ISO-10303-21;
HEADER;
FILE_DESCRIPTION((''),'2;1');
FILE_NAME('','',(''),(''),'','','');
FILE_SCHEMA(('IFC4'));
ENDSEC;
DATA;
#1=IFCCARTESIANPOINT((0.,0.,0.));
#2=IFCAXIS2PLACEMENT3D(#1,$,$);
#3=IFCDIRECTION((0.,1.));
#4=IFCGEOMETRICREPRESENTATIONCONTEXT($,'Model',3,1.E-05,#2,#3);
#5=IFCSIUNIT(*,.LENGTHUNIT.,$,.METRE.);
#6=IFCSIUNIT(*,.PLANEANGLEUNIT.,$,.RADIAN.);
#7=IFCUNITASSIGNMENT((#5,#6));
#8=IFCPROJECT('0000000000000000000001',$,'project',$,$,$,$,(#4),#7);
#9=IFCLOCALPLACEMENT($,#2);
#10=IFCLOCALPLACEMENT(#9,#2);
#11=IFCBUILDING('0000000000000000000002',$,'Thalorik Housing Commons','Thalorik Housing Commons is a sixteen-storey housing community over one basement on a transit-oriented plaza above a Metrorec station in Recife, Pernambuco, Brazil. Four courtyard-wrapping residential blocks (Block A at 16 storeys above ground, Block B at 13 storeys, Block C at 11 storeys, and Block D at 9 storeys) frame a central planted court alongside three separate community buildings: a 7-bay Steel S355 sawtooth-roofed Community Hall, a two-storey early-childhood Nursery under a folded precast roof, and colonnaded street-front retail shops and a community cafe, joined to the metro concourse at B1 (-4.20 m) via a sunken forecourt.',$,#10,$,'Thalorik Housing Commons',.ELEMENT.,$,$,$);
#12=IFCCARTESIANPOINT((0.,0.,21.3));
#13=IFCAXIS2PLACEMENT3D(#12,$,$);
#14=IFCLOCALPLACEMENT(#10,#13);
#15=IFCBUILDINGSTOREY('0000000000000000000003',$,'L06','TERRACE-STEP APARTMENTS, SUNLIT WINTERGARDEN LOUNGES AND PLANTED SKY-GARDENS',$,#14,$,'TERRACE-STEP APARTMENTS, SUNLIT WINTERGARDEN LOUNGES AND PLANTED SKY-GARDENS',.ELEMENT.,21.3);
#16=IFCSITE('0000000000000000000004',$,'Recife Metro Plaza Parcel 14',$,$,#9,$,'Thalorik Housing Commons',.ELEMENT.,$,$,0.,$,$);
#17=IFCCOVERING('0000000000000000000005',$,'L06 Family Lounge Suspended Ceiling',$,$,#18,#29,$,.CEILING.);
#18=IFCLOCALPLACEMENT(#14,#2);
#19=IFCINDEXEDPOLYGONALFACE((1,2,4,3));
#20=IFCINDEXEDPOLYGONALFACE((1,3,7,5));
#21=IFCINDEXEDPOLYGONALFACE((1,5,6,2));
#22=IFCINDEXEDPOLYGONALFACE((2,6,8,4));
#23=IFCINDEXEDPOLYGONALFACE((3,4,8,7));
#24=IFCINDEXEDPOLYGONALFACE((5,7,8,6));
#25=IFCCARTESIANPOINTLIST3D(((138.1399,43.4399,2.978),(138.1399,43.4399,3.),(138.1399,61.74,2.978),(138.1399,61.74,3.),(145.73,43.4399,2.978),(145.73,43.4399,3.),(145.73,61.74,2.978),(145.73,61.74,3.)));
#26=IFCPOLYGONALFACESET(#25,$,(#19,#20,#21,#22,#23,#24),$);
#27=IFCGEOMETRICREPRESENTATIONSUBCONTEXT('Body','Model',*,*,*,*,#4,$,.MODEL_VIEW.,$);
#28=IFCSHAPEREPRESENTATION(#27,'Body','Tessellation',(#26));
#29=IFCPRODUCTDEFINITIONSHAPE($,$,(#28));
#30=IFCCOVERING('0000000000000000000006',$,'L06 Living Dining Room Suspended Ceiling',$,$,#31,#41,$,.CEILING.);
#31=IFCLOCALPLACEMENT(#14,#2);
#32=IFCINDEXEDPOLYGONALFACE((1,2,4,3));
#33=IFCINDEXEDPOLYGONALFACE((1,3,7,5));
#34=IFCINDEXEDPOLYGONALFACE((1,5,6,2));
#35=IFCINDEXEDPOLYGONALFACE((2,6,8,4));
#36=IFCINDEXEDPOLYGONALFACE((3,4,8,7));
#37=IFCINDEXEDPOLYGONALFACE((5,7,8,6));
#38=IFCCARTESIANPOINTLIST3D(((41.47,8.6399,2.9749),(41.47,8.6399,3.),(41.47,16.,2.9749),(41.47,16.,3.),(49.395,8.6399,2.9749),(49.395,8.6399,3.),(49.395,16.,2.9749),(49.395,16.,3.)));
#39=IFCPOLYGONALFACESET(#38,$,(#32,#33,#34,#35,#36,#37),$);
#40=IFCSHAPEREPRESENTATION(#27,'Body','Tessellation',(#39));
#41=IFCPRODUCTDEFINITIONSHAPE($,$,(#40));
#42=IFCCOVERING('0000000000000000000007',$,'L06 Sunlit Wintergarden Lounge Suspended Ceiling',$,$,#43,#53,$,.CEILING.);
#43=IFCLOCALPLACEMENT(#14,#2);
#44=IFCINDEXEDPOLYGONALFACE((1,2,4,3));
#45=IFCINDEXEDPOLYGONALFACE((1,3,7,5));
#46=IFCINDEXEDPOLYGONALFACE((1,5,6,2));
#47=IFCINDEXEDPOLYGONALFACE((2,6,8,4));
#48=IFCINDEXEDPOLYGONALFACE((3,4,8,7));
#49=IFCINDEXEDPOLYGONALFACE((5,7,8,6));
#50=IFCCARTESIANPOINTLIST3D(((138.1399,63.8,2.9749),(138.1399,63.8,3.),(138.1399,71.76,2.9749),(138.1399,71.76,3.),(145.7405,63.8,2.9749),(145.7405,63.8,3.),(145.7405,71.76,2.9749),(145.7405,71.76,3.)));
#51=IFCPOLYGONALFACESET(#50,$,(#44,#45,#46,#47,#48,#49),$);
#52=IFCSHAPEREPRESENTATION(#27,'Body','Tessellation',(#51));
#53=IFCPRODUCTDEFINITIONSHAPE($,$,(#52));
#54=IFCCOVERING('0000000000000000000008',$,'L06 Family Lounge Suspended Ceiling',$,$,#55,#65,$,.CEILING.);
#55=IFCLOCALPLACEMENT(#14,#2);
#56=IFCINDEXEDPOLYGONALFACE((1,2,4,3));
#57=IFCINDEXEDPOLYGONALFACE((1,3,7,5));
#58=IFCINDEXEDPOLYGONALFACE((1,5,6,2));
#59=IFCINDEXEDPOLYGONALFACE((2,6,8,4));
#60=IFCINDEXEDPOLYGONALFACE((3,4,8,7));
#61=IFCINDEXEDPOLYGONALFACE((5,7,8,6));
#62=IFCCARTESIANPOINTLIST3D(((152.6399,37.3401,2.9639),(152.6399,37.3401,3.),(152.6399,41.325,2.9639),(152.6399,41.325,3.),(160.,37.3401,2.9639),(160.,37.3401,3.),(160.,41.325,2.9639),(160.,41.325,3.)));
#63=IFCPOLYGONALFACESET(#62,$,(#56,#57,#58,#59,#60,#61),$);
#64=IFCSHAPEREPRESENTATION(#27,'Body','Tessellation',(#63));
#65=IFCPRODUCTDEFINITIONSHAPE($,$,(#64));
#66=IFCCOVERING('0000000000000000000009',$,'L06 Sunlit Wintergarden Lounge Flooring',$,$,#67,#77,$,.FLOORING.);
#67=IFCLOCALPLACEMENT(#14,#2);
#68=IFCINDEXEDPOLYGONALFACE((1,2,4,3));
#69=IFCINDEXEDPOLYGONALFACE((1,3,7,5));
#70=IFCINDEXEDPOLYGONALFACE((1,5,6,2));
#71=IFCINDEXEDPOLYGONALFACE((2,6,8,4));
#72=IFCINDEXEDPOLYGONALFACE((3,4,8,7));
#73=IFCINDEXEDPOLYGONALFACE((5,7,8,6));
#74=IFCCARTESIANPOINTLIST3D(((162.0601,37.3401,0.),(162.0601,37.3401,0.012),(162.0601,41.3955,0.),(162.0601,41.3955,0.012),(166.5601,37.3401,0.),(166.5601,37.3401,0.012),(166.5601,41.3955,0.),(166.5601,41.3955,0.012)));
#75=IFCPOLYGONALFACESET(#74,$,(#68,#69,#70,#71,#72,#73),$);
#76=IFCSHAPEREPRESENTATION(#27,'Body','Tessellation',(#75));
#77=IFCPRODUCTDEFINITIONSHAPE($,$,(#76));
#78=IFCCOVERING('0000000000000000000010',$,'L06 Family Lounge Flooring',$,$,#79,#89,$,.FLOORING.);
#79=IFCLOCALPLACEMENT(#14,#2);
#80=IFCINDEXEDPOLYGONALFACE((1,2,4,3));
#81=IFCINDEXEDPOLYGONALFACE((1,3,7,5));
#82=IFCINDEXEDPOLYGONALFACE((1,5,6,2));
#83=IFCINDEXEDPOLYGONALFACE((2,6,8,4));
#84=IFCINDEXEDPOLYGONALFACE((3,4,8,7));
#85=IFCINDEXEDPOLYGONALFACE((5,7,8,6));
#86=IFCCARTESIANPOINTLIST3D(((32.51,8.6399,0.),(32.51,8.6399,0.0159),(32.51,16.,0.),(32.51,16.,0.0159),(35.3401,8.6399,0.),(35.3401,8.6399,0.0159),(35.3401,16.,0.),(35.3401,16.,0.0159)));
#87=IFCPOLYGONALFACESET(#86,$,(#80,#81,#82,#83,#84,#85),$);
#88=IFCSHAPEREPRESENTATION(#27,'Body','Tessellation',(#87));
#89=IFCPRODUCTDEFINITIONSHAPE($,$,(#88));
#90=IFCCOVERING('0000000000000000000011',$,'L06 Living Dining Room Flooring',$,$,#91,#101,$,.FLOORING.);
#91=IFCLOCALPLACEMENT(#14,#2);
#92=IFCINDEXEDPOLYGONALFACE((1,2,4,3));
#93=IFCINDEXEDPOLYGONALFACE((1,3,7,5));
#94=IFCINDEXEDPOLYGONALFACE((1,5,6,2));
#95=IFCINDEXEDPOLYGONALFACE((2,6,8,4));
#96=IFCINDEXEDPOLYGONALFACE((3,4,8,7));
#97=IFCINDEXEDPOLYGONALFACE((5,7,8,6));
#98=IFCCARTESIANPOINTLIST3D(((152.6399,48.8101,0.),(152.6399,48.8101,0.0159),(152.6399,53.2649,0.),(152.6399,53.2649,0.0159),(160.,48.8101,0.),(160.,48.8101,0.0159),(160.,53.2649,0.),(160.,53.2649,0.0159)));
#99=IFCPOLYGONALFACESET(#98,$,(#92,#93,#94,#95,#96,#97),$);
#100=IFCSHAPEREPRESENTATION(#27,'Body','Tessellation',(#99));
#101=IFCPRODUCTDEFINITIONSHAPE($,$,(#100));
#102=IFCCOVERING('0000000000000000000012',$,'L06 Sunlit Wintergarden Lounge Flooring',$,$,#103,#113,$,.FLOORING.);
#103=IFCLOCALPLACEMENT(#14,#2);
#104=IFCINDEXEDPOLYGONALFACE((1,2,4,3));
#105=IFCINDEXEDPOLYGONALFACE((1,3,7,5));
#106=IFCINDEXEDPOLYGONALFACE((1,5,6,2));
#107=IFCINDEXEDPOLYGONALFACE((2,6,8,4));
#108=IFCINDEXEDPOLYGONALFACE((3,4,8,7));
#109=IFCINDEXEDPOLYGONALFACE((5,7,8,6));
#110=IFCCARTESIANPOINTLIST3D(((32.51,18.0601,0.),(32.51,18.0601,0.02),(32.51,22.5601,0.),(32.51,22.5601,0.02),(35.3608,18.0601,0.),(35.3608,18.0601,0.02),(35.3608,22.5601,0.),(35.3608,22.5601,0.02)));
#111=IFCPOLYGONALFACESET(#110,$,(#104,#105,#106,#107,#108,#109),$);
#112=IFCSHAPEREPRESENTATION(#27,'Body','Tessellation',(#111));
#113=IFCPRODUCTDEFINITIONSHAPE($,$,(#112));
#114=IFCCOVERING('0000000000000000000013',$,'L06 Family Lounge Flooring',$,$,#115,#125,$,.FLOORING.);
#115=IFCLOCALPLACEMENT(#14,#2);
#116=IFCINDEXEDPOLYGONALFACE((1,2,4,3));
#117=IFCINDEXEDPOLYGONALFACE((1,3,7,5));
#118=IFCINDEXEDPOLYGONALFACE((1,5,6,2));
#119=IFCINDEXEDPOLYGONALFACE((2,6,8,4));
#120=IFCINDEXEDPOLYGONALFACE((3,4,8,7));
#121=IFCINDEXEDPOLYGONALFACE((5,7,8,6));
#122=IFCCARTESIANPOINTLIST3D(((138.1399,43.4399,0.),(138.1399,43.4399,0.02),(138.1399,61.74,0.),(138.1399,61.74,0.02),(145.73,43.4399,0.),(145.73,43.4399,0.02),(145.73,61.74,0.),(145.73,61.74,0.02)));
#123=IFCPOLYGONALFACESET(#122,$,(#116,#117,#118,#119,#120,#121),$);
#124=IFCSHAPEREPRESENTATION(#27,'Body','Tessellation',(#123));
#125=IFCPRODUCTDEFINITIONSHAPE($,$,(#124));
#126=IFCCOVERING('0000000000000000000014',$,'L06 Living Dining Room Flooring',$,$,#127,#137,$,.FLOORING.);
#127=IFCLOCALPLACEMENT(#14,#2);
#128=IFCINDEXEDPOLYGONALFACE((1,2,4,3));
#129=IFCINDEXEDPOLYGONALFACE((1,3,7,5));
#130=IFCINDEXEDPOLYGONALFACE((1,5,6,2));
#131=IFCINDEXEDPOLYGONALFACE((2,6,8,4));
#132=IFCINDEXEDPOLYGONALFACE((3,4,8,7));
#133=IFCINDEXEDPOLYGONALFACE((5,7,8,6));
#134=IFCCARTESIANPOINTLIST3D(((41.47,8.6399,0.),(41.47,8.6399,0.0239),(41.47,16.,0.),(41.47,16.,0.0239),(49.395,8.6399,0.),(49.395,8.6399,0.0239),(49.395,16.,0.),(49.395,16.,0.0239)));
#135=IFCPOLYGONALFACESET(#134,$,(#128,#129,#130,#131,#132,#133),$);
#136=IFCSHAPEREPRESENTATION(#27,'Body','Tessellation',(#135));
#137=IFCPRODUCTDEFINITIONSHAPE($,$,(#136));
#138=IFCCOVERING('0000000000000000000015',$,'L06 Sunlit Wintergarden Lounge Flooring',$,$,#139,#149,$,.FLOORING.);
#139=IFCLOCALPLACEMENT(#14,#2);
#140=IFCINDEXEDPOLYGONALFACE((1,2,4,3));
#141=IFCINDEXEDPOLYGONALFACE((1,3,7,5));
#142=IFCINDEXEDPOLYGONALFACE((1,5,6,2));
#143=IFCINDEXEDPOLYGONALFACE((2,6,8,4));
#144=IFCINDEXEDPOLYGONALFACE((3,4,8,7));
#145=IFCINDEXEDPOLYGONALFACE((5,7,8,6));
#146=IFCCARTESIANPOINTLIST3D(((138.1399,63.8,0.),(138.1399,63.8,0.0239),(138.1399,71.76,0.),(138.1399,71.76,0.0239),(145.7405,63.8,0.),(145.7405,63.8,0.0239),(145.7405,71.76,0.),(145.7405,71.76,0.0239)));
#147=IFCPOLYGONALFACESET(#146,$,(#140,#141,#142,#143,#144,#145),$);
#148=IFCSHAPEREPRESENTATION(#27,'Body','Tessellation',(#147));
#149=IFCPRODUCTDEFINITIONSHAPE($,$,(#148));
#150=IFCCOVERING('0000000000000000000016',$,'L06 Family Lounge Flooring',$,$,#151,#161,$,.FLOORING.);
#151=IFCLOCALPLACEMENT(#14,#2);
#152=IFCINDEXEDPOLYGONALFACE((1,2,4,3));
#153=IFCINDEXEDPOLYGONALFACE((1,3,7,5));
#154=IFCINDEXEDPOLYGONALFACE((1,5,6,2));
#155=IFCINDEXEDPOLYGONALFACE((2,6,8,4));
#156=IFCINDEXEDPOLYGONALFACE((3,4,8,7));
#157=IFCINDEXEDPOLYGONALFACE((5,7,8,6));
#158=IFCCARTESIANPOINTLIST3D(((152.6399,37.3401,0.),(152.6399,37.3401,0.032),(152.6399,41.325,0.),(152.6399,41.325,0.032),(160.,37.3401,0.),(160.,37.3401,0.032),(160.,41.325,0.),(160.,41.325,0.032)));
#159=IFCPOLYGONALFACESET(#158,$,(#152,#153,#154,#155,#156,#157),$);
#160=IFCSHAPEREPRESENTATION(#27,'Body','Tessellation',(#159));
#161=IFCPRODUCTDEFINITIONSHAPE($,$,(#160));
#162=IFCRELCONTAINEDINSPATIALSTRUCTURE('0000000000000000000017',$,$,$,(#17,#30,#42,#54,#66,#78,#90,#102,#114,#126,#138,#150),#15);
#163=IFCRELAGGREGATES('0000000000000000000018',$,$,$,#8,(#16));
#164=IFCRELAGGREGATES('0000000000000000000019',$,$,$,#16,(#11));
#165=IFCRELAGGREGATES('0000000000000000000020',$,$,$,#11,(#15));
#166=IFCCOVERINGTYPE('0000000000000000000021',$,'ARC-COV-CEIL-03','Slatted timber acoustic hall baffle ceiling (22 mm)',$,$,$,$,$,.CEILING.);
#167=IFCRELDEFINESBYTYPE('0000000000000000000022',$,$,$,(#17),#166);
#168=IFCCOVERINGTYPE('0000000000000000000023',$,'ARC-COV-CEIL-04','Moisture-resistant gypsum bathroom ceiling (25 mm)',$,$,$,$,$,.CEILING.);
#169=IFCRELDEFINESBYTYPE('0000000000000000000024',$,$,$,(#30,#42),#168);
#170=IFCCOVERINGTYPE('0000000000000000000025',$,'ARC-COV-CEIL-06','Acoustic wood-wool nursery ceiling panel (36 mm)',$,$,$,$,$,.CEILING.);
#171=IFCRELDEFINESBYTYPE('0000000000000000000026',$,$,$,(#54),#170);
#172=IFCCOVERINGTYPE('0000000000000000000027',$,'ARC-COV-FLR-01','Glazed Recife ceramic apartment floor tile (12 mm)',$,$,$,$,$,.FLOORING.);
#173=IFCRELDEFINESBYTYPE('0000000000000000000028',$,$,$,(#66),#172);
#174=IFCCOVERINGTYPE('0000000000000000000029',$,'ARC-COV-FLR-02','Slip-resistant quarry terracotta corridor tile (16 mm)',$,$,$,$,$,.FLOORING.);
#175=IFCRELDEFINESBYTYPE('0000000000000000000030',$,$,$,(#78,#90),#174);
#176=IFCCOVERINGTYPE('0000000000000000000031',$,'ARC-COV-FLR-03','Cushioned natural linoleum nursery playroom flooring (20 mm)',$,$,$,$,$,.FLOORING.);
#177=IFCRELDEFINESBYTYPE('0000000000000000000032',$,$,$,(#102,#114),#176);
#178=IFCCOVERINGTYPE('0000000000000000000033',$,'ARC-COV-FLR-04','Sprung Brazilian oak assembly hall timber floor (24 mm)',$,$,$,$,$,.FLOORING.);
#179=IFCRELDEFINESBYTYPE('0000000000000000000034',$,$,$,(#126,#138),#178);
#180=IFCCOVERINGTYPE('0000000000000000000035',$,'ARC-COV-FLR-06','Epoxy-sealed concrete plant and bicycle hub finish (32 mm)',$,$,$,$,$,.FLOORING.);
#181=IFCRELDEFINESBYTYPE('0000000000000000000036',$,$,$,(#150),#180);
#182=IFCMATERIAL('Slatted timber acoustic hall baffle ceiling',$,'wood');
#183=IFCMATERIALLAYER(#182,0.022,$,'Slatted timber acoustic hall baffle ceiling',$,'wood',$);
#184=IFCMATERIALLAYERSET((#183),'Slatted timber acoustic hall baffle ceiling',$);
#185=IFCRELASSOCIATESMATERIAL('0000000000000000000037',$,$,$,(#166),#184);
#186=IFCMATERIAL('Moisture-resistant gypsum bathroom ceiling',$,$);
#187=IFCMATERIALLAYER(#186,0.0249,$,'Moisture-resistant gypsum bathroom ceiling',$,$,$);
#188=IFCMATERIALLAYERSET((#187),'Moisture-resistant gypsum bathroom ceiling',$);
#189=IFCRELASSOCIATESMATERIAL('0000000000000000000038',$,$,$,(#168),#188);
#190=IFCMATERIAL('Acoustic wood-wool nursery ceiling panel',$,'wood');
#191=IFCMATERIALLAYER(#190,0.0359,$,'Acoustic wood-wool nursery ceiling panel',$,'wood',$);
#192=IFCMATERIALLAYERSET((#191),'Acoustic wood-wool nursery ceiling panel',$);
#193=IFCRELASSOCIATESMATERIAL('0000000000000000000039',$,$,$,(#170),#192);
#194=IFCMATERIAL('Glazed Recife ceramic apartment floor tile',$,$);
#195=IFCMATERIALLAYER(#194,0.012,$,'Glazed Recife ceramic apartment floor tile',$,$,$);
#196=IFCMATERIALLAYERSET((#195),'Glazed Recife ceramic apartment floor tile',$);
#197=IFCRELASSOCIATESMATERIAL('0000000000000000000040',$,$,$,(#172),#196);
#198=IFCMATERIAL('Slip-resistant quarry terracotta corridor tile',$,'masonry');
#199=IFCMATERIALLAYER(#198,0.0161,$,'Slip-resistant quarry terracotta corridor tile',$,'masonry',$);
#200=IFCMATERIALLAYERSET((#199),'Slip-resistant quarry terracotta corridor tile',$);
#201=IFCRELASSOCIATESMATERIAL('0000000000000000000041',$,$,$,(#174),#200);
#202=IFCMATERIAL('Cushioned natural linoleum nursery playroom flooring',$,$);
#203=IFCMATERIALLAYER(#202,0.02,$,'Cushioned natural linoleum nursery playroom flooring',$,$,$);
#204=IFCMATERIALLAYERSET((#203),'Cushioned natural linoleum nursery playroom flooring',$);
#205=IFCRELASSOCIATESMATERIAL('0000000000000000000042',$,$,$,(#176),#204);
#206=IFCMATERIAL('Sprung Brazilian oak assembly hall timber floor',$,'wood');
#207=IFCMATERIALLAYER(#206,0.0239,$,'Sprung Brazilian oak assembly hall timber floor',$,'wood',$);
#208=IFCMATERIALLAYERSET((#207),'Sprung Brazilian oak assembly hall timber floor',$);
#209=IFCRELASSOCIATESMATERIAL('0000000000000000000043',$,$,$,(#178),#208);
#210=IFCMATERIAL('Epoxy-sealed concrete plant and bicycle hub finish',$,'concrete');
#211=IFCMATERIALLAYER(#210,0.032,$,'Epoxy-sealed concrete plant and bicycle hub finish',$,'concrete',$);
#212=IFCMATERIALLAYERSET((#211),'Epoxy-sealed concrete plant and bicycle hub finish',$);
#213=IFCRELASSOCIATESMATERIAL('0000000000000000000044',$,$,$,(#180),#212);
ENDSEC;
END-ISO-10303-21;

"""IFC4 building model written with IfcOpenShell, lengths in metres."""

from ifc_helpers import new_model, si_unit, direction, frame, origin, place, context, subcontext, project, spatial, polyline, outline, extrude, material, layer, layer_set, type_object, element, save


model = new_model("IFC4")

# Units and contexts
model_context = context("Model", 3, precision=1e-05, world=origin(), true_north=direction((0.0, 1.0)))
body_context = subcontext(model_context, "Body", "Model", "MODEL_VIEW")
ifc_project = project(units=[si_unit("LENGTHUNIT", "METRE"), si_unit("PLANEANGLEUNIT", "RADIAN")], contexts=[model_context])

# Site, building, storey
site_placement = place(None, origin())
site = spatial("IfcSite", under=ifc_project, at=site_placement, Name="Recife Metro Plaza Parcel 14", LongName="Thalorik Housing Commons", CompositionType="ELEMENT", RefElevation=0.0)
building_placement = place(site_placement, origin())
building = spatial("IfcBuilding", under=site, at=building_placement, Name="Thalorik Housing Commons", Description="Thalorik Housing Commons is a sixteen-storey housing community over one basement on a transit-oriented plaza above a Metrorec station in Recife, Pernambuco, Brazil. Four courtyard-wrapping residential blocks (Block A at 16 storeys above ground, Block B at 13 storeys, Block C at 11 storeys, and Block D at 9 storeys) frame a central planted court alongside three separate community buildings: a 7-bay Steel S355 sawtooth-roofed Community Hall, a two-storey early-childhood Nursery under a folded precast roof, and colonnaded street-front retail shops and a community cafe, joined to the metro concourse at B1 (-4.20 m) via a sunken forecourt.", LongName="Thalorik Housing Commons", CompositionType="ELEMENT")
storey_placement = place(building_placement, frame((0.0, 0.0, 21.3)))
storey = spatial("IfcBuildingStorey", under=building, at=storey_placement, Name="L06", Description="TERRACE-STEP APARTMENTS, SUNLIT WINTERGARDEN LOUNGES AND PLANTED SKY-GARDENS", LongName="TERRACE-STEP APARTMENTS, SUNLIT WINTERGARDEN LOUNGES AND PLANTED SKY-GARDENS", CompositionType="ELEMENT", Elevation=21.3)

# Coverings
ifc_material_1 = material(Name="Slatted timber acoustic hall baffle ceiling", Category="wood")
ifc_layer_1 = layer(ifc_material_1, 0.022, Name="Slatted timber acoustic hall baffle ceiling", Category="wood")
ifc_layer_set_1 = layer_set([ifc_layer_1], Name="Slatted timber acoustic hall baffle ceiling")
covering_type_1 = type_object("IfcCoveringType", Name="ARC-COV-CEIL-03", Description="Slatted timber acoustic hall baffle ceiling (22 mm)", PredefinedType="CEILING", material=ifc_layer_set_1)
covering_1_placement = place(storey_placement, frame((0.0, 0.0, 2.978)))
element("IfcCovering", 1, at=covering_1_placement, inside=storey, type_object=covering_type_1, Name="L06 Family Lounge Suspended Ceiling", PredefinedType="CEILING", context=body_context, shape_type="SweptSolid", body=[
    extrude(outline(polyline([(145.73, 43.4399), (145.73, 61.74), (138.1399, 61.74), (138.1399, 43.4399), (145.73, 43.4399)])), origin(), (0.0, 0.0, 1.0), 0.022),
])
ifc_material_2 = material(Name="Moisture-resistant gypsum bathroom ceiling")
ifc_layer_2 = layer(ifc_material_2, 0.0249, Name="Moisture-resistant gypsum bathroom ceiling")
ifc_layer_set_2 = layer_set([ifc_layer_2], Name="Moisture-resistant gypsum bathroom ceiling")
covering_type_2 = type_object("IfcCoveringType", Name="ARC-COV-CEIL-04", Description="Moisture-resistant gypsum bathroom ceiling (25 mm)", PredefinedType="CEILING", material=ifc_layer_set_2)
covering_2_placement = place(storey_placement, frame((0.0, 0.0, 2.9749)))
element("IfcCovering", 2, at=covering_2_placement, inside=storey, type_object=covering_type_2, Name="L06 Living Dining Room Suspended Ceiling", PredefinedType="CEILING", context=body_context, shape_type="SweptSolid", body=[
    extrude(outline(polyline([(49.395, 8.6399), (49.395, 16.0), (41.47, 16.0), (41.47, 8.6399), (49.395, 8.6399)])), origin(), (0.0, 0.0, 1.0), 0.0251),
])
covering_3_placement = place(storey_placement, frame((0.0, 0.0, 2.9749)))
element("IfcCovering", 3, at=covering_3_placement, inside=storey, type_object=covering_type_2, Name="L06 Sunlit Wintergarden Lounge Suspended Ceiling", PredefinedType="CEILING", context=body_context, shape_type="SweptSolid", body=[
    extrude(outline(polyline([(145.7405, 63.8), (145.7405, 71.76), (138.1399, 71.76), (138.1399, 63.8), (145.7405, 63.8)])), origin(), (0.0, 0.0, 1.0), 0.0251),
])
ifc_material_3 = material(Name="Acoustic wood-wool nursery ceiling panel", Category="wood")
ifc_layer_3 = layer(ifc_material_3, 0.0359, Name="Acoustic wood-wool nursery ceiling panel", Category="wood")
ifc_layer_set_3 = layer_set([ifc_layer_3], Name="Acoustic wood-wool nursery ceiling panel")
covering_type_3 = type_object("IfcCoveringType", Name="ARC-COV-CEIL-06", Description="Acoustic wood-wool nursery ceiling panel (36 mm)", PredefinedType="CEILING", material=ifc_layer_set_3)
covering_4_placement = place(storey_placement, frame((0.0, 0.0, 2.9639)))
element("IfcCovering", 4, at=covering_4_placement, inside=storey, type_object=covering_type_3, Name="L06 Family Lounge Suspended Ceiling", PredefinedType="CEILING", context=body_context, shape_type="SweptSolid", body=[
    extrude(outline(polyline([(160.0, 41.325), (152.6399, 41.325), (152.6399, 37.3401), (160.0, 37.3401), (160.0, 41.325)])), origin(), (0.0, 0.0, 1.0), 0.0361),
])
ifc_material_4 = material(Name="Glazed Recife ceramic apartment floor tile")
ifc_layer_4 = layer(ifc_material_4, 0.012, Name="Glazed Recife ceramic apartment floor tile")
ifc_layer_set_4 = layer_set([ifc_layer_4], Name="Glazed Recife ceramic apartment floor tile")
covering_type_4 = type_object("IfcCoveringType", Name="ARC-COV-FLR-01", Description="Glazed Recife ceramic apartment floor tile (12 mm)", PredefinedType="FLOORING", material=ifc_layer_set_4)
covering_5_placement = place(storey_placement, origin())
element("IfcCovering", 5, at=covering_5_placement, inside=storey, type_object=covering_type_4, Name="L06 Sunlit Wintergarden Lounge Flooring", PredefinedType="FLOORING", context=body_context, shape_type="SweptSolid", body=[
    extrude(outline(polyline([(166.5601, 41.3955), (162.0601, 41.3955), (162.0601, 37.3401), (166.5601, 37.3401), (166.5601, 41.3955)])), origin(), (0.0, 0.0, 1.0), 0.012),
])
ifc_material_5 = material(Name="Slip-resistant quarry terracotta corridor tile", Category="masonry")
ifc_layer_5 = layer(ifc_material_5, 0.0161, Name="Slip-resistant quarry terracotta corridor tile", Category="masonry")
ifc_layer_set_5 = layer_set([ifc_layer_5], Name="Slip-resistant quarry terracotta corridor tile")
covering_type_5 = type_object("IfcCoveringType", Name="ARC-COV-FLR-02", Description="Slip-resistant quarry terracotta corridor tile (16 mm)", PredefinedType="FLOORING", material=ifc_layer_set_5)
covering_6_placement = place(storey_placement, origin())
element("IfcCovering", 6, at=covering_6_placement, inside=storey, type_object=covering_type_5, Name="L06 Family Lounge Flooring", PredefinedType="FLOORING", context=body_context, shape_type="SweptSolid", body=[
    extrude(outline(polyline([(35.3401, 8.6399), (35.3401, 16.0), (32.51, 16.0), (32.51, 8.6399), (35.3401, 8.6399)])), origin(), (0.0, 0.0, 1.0), 0.0159),
])
covering_7_placement = place(storey_placement, origin())
element("IfcCovering", 7, at=covering_7_placement, inside=storey, type_object=covering_type_5, Name="L06 Living Dining Room Flooring", PredefinedType="FLOORING", context=body_context, shape_type="SweptSolid", body=[
    extrude(outline(polyline([(160.0, 53.2649), (152.6399, 53.2649), (152.6399, 48.8101), (160.0, 48.8101), (160.0, 53.2649)])), origin(), (0.0, 0.0, 1.0), 0.0159),
])
ifc_material_6 = material(Name="Cushioned natural linoleum nursery playroom flooring")
ifc_layer_6 = layer(ifc_material_6, 0.02, Name="Cushioned natural linoleum nursery playroom flooring")
ifc_layer_set_6 = layer_set([ifc_layer_6], Name="Cushioned natural linoleum nursery playroom flooring")
covering_type_6 = type_object("IfcCoveringType", Name="ARC-COV-FLR-03", Description="Cushioned natural linoleum nursery playroom flooring (20 mm)", PredefinedType="FLOORING", material=ifc_layer_set_6)
covering_8_placement = place(storey_placement, origin())
element("IfcCovering", 8, at=covering_8_placement, inside=storey, type_object=covering_type_6, Name="L06 Sunlit Wintergarden Lounge Flooring", PredefinedType="FLOORING", context=body_context, shape_type="SweptSolid", body=[
    extrude(outline(polyline([(35.3608, 18.0601), (35.3608, 22.5601), (32.51, 22.5601), (32.51, 18.0601), (35.3608, 18.0601)])), origin(), (0.0, 0.0, 1.0), 0.02),
])
covering_9_placement = place(storey_placement, origin())
element("IfcCovering", 9, at=covering_9_placement, inside=storey, type_object=covering_type_6, Name="L06 Family Lounge Flooring", PredefinedType="FLOORING", context=body_context, shape_type="SweptSolid", body=[
    extrude(outline(polyline([(145.73, 43.4399), (145.73, 61.74), (138.1399, 61.74), (138.1399, 43.4399), (145.73, 43.4399)])), origin(), (0.0, 0.0, 1.0), 0.02),
])
ifc_material_7 = material(Name="Sprung Brazilian oak assembly hall timber floor", Category="wood")
ifc_layer_7 = layer(ifc_material_7, 0.0239, Name="Sprung Brazilian oak assembly hall timber floor", Category="wood")
ifc_layer_set_7 = layer_set([ifc_layer_7], Name="Sprung Brazilian oak assembly hall timber floor")
covering_type_7 = type_object("IfcCoveringType", Name="ARC-COV-FLR-04", Description="Sprung Brazilian oak assembly hall timber floor (24 mm)", PredefinedType="FLOORING", material=ifc_layer_set_7)
covering_10_placement = place(storey_placement, origin())
element("IfcCovering", 10, at=covering_10_placement, inside=storey, type_object=covering_type_7, Name="L06 Living Dining Room Flooring", PredefinedType="FLOORING", context=body_context, shape_type="SweptSolid", body=[
    extrude(outline(polyline([(49.395, 8.6399), (49.395, 16.0), (41.47, 16.0), (41.47, 8.6399), (49.395, 8.6399)])), origin(), (0.0, 0.0, 1.0), 0.0239),
])
covering_11_placement = place(storey_placement, origin())
element("IfcCovering", 11, at=covering_11_placement, inside=storey, type_object=covering_type_7, Name="L06 Sunlit Wintergarden Lounge Flooring", PredefinedType="FLOORING", context=body_context, shape_type="SweptSolid", body=[
    extrude(outline(polyline([(145.7405, 63.8), (145.7405, 71.76), (138.1399, 71.76), (138.1399, 63.8), (145.7405, 63.8)])), origin(), (0.0, 0.0, 1.0), 0.0239),
])
ifc_material_8 = material(Name="Epoxy-sealed concrete plant and bicycle hub finish", Category="concrete")
ifc_layer_8 = layer(ifc_material_8, 0.032, Name="Epoxy-sealed concrete plant and bicycle hub finish", Category="concrete")
ifc_layer_set_8 = layer_set([ifc_layer_8], Name="Epoxy-sealed concrete plant and bicycle hub finish")
covering_type_8 = type_object("IfcCoveringType", Name="ARC-COV-FLR-06", Description="Epoxy-sealed concrete plant and bicycle hub finish (32 mm)", PredefinedType="FLOORING", material=ifc_layer_set_8)
covering_12_placement = place(storey_placement, origin())
element("IfcCovering", 12, at=covering_12_placement, inside=storey, type_object=covering_type_8, Name="L06 Family Lounge Flooring", PredefinedType="FLOORING", context=body_context, shape_type="SweptSolid", body=[
    extrude(outline(polyline([(160.0, 41.325), (152.6399, 41.325), (152.6399, 37.3401), (160.0, 37.3401), (160.0, 41.325)])), origin(), (0.0, 0.0, 1.0), 0.032),
])

save(model, "model.ifc")
